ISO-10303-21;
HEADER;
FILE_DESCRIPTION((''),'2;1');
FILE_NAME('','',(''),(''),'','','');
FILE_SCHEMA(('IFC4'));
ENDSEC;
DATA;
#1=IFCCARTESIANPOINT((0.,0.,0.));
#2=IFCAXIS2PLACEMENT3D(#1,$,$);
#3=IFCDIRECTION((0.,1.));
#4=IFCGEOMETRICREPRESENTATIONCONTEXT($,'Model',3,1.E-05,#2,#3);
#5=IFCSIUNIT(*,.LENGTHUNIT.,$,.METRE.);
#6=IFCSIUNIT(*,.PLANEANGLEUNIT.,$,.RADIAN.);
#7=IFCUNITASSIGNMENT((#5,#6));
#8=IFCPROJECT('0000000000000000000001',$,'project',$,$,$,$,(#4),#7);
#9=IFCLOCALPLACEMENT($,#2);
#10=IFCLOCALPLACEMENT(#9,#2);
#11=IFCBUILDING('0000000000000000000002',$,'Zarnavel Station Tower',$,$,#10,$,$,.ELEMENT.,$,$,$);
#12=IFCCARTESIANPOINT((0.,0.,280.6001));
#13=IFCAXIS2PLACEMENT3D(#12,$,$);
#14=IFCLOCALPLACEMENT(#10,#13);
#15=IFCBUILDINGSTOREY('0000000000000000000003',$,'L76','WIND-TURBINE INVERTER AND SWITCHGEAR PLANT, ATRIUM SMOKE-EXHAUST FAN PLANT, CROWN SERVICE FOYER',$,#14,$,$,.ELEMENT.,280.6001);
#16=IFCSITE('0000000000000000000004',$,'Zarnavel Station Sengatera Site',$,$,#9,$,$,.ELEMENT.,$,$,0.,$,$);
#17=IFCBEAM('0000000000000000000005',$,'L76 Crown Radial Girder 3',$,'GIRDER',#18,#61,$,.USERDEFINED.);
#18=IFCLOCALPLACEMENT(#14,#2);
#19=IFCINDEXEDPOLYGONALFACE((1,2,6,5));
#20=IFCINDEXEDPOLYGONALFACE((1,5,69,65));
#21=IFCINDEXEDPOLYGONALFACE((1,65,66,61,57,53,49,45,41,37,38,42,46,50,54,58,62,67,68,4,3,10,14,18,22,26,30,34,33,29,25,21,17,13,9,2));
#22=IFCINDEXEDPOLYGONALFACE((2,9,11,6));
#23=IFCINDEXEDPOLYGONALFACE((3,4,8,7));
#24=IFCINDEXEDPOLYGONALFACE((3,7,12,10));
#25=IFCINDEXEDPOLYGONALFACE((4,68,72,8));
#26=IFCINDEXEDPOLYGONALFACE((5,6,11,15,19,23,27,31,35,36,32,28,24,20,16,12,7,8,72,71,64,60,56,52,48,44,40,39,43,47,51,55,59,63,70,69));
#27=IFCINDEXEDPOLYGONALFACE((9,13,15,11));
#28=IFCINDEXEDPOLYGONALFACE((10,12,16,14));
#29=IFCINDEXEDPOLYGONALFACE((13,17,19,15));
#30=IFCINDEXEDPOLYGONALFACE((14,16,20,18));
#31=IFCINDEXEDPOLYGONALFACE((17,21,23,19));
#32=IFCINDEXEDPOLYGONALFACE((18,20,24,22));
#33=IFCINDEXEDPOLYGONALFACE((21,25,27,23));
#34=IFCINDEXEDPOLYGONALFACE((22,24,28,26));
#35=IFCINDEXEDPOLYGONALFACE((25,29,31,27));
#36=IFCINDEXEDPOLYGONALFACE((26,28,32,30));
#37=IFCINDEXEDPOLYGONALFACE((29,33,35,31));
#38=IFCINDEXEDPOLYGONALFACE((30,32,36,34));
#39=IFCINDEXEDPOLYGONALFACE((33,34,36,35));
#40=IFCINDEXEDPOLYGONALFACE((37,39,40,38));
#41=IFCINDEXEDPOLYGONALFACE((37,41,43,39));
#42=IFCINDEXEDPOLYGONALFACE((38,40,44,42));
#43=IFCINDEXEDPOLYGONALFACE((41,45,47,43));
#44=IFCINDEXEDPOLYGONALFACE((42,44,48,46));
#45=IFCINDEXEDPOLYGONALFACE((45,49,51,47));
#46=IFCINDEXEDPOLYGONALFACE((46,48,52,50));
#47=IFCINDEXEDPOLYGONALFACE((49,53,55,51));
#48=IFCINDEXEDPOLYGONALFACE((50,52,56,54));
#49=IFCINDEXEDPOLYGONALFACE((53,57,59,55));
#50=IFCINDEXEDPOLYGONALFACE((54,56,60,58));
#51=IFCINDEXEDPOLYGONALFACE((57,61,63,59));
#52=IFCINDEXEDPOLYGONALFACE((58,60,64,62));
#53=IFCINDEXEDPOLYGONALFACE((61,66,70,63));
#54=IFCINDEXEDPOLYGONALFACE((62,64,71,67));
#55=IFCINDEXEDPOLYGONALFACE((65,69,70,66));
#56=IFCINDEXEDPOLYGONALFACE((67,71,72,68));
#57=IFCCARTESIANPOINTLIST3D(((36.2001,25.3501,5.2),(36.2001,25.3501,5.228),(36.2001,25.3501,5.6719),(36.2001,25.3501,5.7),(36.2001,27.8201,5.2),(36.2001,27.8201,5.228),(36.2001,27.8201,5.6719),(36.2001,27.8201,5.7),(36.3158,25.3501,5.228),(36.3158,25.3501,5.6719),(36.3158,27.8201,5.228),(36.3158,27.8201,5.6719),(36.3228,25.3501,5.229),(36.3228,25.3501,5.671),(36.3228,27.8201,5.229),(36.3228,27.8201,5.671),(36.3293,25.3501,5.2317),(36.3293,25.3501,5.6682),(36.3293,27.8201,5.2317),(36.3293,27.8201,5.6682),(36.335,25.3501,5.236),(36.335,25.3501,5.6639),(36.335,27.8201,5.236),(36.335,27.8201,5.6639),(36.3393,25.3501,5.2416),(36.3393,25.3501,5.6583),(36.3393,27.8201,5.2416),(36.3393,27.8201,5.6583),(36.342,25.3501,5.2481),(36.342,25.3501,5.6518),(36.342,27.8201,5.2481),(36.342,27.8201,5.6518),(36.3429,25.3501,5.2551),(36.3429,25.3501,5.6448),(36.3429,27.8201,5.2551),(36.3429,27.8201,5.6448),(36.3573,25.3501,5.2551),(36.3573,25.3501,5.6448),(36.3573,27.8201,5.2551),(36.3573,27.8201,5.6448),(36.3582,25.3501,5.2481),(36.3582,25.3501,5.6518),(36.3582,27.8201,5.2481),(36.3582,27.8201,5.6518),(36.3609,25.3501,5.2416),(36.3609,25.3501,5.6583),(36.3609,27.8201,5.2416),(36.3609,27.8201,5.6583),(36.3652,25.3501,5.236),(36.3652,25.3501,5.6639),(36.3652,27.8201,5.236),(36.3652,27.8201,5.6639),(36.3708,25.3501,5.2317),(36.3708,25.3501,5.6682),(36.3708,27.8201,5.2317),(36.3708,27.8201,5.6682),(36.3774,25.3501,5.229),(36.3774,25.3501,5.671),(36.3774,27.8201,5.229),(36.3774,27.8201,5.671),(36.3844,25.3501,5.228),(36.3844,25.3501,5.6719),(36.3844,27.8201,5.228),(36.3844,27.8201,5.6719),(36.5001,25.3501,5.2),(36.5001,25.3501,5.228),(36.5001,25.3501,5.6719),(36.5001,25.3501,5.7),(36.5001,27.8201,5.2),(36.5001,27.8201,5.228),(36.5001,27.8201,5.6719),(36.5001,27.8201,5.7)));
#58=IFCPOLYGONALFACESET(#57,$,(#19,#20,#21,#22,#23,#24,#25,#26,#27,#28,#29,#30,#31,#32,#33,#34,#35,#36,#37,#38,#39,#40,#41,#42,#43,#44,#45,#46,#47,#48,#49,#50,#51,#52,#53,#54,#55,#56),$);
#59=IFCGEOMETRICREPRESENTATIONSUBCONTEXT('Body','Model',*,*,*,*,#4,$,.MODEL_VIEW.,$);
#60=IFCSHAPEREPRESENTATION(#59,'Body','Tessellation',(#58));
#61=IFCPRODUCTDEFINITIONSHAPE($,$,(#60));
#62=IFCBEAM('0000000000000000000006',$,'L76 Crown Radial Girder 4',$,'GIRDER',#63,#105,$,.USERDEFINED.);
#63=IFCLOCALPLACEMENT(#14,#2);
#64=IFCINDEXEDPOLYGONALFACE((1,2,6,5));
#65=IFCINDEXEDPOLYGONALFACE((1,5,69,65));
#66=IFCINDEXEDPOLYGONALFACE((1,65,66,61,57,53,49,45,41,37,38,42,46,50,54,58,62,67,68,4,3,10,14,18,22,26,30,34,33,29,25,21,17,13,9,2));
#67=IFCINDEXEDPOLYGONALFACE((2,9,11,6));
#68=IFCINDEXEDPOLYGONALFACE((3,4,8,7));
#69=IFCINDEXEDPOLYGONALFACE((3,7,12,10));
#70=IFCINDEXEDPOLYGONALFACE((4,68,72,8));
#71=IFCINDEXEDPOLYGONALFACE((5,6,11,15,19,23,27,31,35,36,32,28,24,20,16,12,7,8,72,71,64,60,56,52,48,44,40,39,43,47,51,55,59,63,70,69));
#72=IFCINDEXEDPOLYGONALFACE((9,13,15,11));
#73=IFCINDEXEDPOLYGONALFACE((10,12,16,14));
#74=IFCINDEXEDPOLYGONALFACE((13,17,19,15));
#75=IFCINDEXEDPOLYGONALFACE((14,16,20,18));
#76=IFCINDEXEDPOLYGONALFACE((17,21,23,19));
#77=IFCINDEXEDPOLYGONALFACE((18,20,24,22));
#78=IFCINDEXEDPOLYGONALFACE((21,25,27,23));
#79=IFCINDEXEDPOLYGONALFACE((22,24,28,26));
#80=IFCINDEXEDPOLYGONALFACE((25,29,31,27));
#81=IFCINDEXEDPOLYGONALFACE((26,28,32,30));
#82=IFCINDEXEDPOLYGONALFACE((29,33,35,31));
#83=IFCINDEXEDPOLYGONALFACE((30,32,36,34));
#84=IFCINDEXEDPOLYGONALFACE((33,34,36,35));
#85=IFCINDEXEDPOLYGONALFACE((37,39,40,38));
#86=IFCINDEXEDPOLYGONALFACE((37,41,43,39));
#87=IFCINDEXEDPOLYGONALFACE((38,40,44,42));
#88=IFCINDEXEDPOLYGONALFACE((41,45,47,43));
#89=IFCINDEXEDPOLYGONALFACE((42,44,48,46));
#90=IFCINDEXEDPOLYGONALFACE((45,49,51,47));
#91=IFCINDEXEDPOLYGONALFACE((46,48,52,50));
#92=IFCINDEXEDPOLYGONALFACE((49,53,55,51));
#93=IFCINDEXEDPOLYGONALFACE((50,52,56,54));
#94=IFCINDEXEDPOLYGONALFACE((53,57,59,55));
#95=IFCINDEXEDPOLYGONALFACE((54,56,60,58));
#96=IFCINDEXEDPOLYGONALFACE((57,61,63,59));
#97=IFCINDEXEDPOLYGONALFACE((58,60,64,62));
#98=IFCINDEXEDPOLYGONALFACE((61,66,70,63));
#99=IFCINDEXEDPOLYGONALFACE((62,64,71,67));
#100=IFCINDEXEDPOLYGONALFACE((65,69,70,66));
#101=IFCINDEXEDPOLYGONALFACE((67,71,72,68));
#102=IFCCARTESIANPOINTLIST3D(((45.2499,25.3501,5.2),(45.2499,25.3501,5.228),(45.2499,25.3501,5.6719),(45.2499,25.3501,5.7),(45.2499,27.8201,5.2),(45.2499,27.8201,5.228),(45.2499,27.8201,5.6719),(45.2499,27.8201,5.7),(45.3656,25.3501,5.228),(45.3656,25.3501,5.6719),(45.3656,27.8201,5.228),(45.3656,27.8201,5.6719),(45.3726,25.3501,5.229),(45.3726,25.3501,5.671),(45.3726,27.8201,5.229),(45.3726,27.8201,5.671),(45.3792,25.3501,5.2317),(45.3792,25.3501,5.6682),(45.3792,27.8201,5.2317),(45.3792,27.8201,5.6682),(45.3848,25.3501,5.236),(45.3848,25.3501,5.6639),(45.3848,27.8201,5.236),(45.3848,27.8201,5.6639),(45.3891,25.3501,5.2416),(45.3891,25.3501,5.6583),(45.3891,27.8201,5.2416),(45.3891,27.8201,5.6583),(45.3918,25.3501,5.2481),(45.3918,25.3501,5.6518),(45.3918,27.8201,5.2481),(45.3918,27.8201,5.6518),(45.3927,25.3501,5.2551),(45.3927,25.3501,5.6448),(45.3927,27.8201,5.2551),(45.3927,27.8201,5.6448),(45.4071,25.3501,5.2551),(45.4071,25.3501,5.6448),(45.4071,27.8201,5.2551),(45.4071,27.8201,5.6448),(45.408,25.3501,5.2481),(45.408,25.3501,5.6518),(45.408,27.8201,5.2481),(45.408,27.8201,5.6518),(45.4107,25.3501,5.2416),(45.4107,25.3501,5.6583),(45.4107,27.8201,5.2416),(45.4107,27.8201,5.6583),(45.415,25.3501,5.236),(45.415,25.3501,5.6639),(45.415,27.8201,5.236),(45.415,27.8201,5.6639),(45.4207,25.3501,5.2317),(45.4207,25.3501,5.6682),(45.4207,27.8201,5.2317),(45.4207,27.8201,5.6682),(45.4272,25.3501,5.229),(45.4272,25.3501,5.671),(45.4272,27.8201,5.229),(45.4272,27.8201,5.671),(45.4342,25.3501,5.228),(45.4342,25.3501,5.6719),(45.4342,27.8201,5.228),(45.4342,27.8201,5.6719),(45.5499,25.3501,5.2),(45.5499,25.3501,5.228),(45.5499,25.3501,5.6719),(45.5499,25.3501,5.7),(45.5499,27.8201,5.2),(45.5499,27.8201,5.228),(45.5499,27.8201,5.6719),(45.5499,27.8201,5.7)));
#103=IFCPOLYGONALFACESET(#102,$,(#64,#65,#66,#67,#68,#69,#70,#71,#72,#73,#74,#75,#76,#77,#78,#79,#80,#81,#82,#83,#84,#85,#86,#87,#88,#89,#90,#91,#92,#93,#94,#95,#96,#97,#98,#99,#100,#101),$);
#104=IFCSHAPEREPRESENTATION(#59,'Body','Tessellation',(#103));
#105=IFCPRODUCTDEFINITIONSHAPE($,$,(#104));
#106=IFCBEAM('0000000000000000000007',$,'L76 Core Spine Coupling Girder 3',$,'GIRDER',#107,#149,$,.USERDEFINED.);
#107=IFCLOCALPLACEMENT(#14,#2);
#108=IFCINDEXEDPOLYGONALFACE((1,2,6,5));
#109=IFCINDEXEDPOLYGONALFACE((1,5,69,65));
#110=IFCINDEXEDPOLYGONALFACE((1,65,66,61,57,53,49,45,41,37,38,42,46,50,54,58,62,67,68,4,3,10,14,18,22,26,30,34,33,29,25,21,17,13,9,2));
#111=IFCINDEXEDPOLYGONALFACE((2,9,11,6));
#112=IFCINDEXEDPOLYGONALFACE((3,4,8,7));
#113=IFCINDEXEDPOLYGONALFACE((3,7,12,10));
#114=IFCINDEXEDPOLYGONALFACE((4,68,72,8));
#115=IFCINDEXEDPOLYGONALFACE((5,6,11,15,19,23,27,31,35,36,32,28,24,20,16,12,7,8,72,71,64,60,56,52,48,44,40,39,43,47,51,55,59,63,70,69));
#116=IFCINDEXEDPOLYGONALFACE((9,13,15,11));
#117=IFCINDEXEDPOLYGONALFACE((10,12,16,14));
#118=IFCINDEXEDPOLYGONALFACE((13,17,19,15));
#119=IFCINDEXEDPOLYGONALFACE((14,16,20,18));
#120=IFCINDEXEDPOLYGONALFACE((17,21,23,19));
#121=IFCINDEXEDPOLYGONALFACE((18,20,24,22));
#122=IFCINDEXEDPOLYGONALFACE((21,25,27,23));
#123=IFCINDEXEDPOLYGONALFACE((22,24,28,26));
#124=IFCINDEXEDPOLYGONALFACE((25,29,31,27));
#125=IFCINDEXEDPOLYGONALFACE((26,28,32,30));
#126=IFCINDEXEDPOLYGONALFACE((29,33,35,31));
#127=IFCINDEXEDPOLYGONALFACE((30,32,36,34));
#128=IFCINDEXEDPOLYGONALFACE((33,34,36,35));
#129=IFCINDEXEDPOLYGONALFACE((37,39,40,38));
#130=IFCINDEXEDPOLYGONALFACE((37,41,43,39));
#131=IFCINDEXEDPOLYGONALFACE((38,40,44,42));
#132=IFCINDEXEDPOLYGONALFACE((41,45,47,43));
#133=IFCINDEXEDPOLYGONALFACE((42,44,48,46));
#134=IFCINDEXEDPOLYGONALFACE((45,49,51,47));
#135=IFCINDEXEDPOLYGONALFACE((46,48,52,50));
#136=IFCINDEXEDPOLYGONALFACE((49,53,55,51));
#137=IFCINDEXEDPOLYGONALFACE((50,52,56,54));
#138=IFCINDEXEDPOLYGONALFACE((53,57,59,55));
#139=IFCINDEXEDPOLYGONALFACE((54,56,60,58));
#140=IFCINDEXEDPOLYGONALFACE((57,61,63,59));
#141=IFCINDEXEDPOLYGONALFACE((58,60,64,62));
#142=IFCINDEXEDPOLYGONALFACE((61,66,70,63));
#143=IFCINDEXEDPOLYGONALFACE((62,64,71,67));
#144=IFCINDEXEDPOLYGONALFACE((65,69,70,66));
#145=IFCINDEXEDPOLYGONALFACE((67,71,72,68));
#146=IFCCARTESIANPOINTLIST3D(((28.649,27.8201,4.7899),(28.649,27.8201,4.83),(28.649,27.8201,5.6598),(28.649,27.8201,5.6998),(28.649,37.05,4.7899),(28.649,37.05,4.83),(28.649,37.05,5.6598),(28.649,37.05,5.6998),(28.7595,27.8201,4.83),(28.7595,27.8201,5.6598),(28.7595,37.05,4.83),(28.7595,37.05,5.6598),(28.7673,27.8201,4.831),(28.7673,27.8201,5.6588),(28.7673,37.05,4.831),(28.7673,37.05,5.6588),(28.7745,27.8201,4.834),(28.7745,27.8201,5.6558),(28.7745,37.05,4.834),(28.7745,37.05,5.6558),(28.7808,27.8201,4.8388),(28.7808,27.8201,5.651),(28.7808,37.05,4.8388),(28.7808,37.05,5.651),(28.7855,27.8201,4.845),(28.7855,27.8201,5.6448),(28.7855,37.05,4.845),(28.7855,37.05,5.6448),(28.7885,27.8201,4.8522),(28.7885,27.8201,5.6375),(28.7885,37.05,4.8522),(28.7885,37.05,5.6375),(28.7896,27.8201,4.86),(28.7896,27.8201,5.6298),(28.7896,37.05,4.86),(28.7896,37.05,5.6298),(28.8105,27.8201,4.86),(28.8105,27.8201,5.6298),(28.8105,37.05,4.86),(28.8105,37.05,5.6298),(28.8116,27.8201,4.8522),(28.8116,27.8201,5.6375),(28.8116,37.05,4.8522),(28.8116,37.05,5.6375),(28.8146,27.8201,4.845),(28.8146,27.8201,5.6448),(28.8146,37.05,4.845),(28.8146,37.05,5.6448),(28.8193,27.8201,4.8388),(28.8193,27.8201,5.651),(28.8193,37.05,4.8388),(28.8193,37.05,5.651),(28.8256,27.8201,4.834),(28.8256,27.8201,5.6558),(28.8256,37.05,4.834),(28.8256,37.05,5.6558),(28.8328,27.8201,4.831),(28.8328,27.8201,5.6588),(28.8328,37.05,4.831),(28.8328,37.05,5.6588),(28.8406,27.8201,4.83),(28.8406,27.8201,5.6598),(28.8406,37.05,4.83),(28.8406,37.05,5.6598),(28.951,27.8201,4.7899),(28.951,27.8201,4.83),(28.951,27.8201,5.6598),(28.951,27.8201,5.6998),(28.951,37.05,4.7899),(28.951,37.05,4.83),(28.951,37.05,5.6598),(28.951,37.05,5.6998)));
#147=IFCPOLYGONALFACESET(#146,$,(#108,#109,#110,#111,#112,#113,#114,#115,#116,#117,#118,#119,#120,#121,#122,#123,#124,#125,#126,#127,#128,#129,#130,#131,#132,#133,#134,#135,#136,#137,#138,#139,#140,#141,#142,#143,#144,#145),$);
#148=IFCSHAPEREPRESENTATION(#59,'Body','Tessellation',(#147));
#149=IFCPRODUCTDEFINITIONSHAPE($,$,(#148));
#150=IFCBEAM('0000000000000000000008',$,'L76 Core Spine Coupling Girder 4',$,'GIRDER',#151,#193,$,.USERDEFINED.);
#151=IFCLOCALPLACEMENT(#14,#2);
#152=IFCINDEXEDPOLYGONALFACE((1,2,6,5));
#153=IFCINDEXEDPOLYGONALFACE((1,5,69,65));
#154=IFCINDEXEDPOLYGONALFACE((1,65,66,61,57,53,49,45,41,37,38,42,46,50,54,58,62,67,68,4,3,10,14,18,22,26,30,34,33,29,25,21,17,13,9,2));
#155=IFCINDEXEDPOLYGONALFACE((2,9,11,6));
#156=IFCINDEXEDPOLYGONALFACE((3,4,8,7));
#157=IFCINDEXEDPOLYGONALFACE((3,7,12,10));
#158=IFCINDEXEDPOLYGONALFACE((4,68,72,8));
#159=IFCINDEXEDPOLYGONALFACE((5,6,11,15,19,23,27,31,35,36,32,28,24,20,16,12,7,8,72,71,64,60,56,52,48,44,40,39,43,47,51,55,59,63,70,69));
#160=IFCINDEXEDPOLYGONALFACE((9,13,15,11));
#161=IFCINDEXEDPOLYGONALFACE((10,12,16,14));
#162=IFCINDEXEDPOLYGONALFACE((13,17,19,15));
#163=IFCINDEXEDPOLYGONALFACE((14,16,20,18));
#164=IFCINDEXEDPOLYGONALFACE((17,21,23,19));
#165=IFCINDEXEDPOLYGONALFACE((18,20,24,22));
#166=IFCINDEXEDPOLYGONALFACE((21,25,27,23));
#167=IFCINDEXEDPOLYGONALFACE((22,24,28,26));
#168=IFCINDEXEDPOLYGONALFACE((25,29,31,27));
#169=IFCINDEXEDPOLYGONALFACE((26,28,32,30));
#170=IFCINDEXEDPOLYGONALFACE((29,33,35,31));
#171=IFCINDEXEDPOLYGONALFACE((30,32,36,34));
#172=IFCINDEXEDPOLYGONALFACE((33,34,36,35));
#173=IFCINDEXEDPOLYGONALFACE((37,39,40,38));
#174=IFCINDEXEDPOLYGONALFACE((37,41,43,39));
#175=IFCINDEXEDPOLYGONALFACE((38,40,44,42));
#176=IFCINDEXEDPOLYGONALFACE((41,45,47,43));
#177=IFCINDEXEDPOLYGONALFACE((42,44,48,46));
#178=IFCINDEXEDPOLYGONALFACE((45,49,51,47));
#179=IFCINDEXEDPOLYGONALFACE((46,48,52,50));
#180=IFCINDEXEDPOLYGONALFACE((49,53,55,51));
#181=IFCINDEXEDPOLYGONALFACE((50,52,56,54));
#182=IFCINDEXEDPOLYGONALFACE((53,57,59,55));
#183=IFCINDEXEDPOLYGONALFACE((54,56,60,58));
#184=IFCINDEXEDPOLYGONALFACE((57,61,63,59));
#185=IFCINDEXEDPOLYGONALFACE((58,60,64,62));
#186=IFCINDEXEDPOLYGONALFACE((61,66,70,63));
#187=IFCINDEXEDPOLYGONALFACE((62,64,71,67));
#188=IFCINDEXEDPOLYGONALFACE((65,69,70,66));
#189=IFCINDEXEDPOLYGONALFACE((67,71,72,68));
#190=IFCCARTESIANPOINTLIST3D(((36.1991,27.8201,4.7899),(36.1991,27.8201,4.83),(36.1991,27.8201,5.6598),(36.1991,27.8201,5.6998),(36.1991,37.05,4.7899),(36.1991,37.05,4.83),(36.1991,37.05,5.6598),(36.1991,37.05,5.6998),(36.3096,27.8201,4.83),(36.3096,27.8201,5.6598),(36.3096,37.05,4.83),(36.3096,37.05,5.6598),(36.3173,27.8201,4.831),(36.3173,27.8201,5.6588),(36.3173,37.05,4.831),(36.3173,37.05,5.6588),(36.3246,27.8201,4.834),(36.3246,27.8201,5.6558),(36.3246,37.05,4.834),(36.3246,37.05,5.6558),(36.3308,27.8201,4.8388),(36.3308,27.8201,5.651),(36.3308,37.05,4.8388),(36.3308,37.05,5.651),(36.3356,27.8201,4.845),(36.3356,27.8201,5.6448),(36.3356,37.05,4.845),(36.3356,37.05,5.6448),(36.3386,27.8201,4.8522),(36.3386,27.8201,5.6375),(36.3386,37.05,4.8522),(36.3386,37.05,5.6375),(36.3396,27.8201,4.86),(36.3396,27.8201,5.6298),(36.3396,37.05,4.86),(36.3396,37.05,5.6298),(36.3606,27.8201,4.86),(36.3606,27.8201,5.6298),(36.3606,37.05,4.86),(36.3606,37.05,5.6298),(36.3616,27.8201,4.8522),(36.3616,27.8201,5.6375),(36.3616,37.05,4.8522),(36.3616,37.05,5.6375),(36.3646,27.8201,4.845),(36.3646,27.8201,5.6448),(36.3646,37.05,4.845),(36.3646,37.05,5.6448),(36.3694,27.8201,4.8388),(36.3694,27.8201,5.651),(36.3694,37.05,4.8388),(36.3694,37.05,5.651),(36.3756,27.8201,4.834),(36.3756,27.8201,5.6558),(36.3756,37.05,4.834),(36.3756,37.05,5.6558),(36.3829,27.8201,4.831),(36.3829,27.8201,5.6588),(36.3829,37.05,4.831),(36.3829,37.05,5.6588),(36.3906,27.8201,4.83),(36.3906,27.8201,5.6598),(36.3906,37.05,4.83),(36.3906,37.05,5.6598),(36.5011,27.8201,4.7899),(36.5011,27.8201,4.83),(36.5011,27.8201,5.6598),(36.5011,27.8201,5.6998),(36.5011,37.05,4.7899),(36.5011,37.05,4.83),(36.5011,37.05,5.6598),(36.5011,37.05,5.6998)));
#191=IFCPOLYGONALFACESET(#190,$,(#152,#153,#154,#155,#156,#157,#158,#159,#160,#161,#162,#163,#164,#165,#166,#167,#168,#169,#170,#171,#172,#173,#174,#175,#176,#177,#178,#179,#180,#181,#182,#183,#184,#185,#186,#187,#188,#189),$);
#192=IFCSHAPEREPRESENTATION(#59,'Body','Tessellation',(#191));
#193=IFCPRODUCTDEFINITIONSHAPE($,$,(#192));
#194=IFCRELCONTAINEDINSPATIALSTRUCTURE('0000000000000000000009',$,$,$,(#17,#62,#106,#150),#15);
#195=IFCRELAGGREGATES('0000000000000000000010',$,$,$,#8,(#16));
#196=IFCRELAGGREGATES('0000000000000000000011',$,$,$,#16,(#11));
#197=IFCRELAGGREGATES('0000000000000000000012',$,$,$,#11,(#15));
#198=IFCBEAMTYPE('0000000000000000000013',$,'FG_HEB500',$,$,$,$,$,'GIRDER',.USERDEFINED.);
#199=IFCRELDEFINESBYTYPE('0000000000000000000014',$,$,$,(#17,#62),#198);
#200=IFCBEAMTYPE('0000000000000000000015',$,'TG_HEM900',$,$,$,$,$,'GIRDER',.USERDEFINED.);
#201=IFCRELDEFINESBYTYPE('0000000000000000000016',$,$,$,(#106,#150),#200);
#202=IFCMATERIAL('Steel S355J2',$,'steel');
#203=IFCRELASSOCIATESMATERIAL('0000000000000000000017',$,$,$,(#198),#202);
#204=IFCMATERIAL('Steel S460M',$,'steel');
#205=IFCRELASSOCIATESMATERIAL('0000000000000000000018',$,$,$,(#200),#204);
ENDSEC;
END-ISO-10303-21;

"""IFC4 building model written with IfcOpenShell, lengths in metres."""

from ifc_helpers import new_model, si_unit, direction, frame, origin, origin_2d, place, context, subcontext, project, spatial, i_section, extrude, material, material_profile, profile_set, type_object, element, save


model = new_model("IFC4")

# Units and contexts
model_context = context("Model", 3, precision=1e-05, world=origin(), true_north=direction((0.0, 1.0)))
body_context = subcontext(model_context, "Body", "Model", "MODEL_VIEW")
ifc_project = project(units=[si_unit("LENGTHUNIT", "METRE"), si_unit("PLANEANGLEUNIT", "RADIAN")], contexts=[model_context])

# Site, building, storey
site_placement = place(None, origin())
site = spatial("IfcSite", under=ifc_project, at=site_placement, Name="Zarnavel Station Sengatera Site", CompositionType="ELEMENT", RefElevation=0.0)
building_placement = place(site_placement, origin())
building = spatial("IfcBuilding", under=site, at=building_placement, Name="Zarnavel Station Tower", CompositionType="ELEMENT")
storey_placement = place(building_placement, frame((0.0, 0.0, 280.6001)))
storey = spatial("IfcBuildingStorey", under=building, at=storey_placement, Name="L76", Description="WIND-TURBINE INVERTER AND SWITCHGEAR PLANT, ATRIUM SMOKE-EXHAUST FAN PLANT, CROWN SERVICE FOYER", CompositionType="ELEMENT", Elevation=280.6001)

# Beams
ifc_material_1 = material(Name="Steel S355J2", Category="steel")
ifc_material_profile_1 = material_profile(ifc_material_1, i_section(OverallWidth=0.3, OverallDepth=0.5, WebThickness=0.0144, FlangeThickness=0.0281, FilletRadius=0.0271, at=origin_2d()), Name="HEB500")
ifc_profile_set_1 = profile_set([ifc_material_profile_1], Name="Steel S355J2")
beam_type_1 = type_object("IfcBeamType", Name="FG_HEB500", ElementType="GIRDER", PredefinedType="USERDEFINED", material=ifc_profile_set_1)
for number, where, z_axis, x_axis, name in (
    (1, (36.3501, 25.3501, 5.45), (0.0, 1.0, 0.0), (-1.0, 0.0, 0.0), "L76 Crown Radial Girder 3"),
    (2, (45.3999, 25.3501, 5.45), (0.0, 1.0, 0.0), (-1.0, 0.0, 0.0), "L76 Crown Radial Girder 4"),
):
    element("IfcBeam", number, at=place(storey_placement, frame(where, z_axis=z_axis, x_axis=x_axis)), inside=storey, type_object=beam_type_1, Name=name, ObjectType="GIRDER", PredefinedType="USERDEFINED", context=body_context, shape_type="SweptSolid", body=[
        extrude(i_section(OverallWidth=0.3, OverallDepth=0.5, WebThickness=0.0144, FlangeThickness=0.0281, FilletRadius=0.0271, at=origin_2d()), origin(), (0.0, 0.0, 1.0), 2.47),
    ])
ifc_material_2 = material(Name="Steel S460M", Category="steel")
ifc_material_profile_2 = material_profile(ifc_material_2, i_section(OverallWidth=0.302, OverallDepth=0.9099, WebThickness=0.021, FlangeThickness=0.04, FilletRadius=0.03, at=origin_2d()), Name="HEM900")
ifc_profile_set_2 = profile_set([ifc_material_profile_2], Name="Steel S460M")
beam_type_2 = type_object("IfcBeamType", Name="TG_HEM900", ElementType="GIRDER", PredefinedType="USERDEFINED", material=ifc_profile_set_2)
for number, where, z_axis, x_axis, name in (
    (3, (28.8, 27.8201, 5.2449), (0.0, 1.0, 0.0), (-1.0, 0.0, 0.0), "L76 Core Spine Coupling Girder 3"),
    (4, (36.3501, 27.8201, 5.2449), (0.0, 1.0, 0.0), (-1.0, 0.0, 0.0), "L76 Core Spine Coupling Girder 4"),
):
    element("IfcBeam", number, at=place(storey_placement, frame(where, z_axis=z_axis, x_axis=x_axis)), inside=storey, type_object=beam_type_2, Name=name, ObjectType="GIRDER", PredefinedType="USERDEFINED", context=body_context, shape_type="SweptSolid", body=[
        extrude(i_section(OverallWidth=0.302, OverallDepth=0.9099, WebThickness=0.021, FlangeThickness=0.04, FilletRadius=0.03, at=origin_2d()), origin(), (0.0, 0.0, 1.0), 9.23),
    ])

save(model, "model.ifc")
